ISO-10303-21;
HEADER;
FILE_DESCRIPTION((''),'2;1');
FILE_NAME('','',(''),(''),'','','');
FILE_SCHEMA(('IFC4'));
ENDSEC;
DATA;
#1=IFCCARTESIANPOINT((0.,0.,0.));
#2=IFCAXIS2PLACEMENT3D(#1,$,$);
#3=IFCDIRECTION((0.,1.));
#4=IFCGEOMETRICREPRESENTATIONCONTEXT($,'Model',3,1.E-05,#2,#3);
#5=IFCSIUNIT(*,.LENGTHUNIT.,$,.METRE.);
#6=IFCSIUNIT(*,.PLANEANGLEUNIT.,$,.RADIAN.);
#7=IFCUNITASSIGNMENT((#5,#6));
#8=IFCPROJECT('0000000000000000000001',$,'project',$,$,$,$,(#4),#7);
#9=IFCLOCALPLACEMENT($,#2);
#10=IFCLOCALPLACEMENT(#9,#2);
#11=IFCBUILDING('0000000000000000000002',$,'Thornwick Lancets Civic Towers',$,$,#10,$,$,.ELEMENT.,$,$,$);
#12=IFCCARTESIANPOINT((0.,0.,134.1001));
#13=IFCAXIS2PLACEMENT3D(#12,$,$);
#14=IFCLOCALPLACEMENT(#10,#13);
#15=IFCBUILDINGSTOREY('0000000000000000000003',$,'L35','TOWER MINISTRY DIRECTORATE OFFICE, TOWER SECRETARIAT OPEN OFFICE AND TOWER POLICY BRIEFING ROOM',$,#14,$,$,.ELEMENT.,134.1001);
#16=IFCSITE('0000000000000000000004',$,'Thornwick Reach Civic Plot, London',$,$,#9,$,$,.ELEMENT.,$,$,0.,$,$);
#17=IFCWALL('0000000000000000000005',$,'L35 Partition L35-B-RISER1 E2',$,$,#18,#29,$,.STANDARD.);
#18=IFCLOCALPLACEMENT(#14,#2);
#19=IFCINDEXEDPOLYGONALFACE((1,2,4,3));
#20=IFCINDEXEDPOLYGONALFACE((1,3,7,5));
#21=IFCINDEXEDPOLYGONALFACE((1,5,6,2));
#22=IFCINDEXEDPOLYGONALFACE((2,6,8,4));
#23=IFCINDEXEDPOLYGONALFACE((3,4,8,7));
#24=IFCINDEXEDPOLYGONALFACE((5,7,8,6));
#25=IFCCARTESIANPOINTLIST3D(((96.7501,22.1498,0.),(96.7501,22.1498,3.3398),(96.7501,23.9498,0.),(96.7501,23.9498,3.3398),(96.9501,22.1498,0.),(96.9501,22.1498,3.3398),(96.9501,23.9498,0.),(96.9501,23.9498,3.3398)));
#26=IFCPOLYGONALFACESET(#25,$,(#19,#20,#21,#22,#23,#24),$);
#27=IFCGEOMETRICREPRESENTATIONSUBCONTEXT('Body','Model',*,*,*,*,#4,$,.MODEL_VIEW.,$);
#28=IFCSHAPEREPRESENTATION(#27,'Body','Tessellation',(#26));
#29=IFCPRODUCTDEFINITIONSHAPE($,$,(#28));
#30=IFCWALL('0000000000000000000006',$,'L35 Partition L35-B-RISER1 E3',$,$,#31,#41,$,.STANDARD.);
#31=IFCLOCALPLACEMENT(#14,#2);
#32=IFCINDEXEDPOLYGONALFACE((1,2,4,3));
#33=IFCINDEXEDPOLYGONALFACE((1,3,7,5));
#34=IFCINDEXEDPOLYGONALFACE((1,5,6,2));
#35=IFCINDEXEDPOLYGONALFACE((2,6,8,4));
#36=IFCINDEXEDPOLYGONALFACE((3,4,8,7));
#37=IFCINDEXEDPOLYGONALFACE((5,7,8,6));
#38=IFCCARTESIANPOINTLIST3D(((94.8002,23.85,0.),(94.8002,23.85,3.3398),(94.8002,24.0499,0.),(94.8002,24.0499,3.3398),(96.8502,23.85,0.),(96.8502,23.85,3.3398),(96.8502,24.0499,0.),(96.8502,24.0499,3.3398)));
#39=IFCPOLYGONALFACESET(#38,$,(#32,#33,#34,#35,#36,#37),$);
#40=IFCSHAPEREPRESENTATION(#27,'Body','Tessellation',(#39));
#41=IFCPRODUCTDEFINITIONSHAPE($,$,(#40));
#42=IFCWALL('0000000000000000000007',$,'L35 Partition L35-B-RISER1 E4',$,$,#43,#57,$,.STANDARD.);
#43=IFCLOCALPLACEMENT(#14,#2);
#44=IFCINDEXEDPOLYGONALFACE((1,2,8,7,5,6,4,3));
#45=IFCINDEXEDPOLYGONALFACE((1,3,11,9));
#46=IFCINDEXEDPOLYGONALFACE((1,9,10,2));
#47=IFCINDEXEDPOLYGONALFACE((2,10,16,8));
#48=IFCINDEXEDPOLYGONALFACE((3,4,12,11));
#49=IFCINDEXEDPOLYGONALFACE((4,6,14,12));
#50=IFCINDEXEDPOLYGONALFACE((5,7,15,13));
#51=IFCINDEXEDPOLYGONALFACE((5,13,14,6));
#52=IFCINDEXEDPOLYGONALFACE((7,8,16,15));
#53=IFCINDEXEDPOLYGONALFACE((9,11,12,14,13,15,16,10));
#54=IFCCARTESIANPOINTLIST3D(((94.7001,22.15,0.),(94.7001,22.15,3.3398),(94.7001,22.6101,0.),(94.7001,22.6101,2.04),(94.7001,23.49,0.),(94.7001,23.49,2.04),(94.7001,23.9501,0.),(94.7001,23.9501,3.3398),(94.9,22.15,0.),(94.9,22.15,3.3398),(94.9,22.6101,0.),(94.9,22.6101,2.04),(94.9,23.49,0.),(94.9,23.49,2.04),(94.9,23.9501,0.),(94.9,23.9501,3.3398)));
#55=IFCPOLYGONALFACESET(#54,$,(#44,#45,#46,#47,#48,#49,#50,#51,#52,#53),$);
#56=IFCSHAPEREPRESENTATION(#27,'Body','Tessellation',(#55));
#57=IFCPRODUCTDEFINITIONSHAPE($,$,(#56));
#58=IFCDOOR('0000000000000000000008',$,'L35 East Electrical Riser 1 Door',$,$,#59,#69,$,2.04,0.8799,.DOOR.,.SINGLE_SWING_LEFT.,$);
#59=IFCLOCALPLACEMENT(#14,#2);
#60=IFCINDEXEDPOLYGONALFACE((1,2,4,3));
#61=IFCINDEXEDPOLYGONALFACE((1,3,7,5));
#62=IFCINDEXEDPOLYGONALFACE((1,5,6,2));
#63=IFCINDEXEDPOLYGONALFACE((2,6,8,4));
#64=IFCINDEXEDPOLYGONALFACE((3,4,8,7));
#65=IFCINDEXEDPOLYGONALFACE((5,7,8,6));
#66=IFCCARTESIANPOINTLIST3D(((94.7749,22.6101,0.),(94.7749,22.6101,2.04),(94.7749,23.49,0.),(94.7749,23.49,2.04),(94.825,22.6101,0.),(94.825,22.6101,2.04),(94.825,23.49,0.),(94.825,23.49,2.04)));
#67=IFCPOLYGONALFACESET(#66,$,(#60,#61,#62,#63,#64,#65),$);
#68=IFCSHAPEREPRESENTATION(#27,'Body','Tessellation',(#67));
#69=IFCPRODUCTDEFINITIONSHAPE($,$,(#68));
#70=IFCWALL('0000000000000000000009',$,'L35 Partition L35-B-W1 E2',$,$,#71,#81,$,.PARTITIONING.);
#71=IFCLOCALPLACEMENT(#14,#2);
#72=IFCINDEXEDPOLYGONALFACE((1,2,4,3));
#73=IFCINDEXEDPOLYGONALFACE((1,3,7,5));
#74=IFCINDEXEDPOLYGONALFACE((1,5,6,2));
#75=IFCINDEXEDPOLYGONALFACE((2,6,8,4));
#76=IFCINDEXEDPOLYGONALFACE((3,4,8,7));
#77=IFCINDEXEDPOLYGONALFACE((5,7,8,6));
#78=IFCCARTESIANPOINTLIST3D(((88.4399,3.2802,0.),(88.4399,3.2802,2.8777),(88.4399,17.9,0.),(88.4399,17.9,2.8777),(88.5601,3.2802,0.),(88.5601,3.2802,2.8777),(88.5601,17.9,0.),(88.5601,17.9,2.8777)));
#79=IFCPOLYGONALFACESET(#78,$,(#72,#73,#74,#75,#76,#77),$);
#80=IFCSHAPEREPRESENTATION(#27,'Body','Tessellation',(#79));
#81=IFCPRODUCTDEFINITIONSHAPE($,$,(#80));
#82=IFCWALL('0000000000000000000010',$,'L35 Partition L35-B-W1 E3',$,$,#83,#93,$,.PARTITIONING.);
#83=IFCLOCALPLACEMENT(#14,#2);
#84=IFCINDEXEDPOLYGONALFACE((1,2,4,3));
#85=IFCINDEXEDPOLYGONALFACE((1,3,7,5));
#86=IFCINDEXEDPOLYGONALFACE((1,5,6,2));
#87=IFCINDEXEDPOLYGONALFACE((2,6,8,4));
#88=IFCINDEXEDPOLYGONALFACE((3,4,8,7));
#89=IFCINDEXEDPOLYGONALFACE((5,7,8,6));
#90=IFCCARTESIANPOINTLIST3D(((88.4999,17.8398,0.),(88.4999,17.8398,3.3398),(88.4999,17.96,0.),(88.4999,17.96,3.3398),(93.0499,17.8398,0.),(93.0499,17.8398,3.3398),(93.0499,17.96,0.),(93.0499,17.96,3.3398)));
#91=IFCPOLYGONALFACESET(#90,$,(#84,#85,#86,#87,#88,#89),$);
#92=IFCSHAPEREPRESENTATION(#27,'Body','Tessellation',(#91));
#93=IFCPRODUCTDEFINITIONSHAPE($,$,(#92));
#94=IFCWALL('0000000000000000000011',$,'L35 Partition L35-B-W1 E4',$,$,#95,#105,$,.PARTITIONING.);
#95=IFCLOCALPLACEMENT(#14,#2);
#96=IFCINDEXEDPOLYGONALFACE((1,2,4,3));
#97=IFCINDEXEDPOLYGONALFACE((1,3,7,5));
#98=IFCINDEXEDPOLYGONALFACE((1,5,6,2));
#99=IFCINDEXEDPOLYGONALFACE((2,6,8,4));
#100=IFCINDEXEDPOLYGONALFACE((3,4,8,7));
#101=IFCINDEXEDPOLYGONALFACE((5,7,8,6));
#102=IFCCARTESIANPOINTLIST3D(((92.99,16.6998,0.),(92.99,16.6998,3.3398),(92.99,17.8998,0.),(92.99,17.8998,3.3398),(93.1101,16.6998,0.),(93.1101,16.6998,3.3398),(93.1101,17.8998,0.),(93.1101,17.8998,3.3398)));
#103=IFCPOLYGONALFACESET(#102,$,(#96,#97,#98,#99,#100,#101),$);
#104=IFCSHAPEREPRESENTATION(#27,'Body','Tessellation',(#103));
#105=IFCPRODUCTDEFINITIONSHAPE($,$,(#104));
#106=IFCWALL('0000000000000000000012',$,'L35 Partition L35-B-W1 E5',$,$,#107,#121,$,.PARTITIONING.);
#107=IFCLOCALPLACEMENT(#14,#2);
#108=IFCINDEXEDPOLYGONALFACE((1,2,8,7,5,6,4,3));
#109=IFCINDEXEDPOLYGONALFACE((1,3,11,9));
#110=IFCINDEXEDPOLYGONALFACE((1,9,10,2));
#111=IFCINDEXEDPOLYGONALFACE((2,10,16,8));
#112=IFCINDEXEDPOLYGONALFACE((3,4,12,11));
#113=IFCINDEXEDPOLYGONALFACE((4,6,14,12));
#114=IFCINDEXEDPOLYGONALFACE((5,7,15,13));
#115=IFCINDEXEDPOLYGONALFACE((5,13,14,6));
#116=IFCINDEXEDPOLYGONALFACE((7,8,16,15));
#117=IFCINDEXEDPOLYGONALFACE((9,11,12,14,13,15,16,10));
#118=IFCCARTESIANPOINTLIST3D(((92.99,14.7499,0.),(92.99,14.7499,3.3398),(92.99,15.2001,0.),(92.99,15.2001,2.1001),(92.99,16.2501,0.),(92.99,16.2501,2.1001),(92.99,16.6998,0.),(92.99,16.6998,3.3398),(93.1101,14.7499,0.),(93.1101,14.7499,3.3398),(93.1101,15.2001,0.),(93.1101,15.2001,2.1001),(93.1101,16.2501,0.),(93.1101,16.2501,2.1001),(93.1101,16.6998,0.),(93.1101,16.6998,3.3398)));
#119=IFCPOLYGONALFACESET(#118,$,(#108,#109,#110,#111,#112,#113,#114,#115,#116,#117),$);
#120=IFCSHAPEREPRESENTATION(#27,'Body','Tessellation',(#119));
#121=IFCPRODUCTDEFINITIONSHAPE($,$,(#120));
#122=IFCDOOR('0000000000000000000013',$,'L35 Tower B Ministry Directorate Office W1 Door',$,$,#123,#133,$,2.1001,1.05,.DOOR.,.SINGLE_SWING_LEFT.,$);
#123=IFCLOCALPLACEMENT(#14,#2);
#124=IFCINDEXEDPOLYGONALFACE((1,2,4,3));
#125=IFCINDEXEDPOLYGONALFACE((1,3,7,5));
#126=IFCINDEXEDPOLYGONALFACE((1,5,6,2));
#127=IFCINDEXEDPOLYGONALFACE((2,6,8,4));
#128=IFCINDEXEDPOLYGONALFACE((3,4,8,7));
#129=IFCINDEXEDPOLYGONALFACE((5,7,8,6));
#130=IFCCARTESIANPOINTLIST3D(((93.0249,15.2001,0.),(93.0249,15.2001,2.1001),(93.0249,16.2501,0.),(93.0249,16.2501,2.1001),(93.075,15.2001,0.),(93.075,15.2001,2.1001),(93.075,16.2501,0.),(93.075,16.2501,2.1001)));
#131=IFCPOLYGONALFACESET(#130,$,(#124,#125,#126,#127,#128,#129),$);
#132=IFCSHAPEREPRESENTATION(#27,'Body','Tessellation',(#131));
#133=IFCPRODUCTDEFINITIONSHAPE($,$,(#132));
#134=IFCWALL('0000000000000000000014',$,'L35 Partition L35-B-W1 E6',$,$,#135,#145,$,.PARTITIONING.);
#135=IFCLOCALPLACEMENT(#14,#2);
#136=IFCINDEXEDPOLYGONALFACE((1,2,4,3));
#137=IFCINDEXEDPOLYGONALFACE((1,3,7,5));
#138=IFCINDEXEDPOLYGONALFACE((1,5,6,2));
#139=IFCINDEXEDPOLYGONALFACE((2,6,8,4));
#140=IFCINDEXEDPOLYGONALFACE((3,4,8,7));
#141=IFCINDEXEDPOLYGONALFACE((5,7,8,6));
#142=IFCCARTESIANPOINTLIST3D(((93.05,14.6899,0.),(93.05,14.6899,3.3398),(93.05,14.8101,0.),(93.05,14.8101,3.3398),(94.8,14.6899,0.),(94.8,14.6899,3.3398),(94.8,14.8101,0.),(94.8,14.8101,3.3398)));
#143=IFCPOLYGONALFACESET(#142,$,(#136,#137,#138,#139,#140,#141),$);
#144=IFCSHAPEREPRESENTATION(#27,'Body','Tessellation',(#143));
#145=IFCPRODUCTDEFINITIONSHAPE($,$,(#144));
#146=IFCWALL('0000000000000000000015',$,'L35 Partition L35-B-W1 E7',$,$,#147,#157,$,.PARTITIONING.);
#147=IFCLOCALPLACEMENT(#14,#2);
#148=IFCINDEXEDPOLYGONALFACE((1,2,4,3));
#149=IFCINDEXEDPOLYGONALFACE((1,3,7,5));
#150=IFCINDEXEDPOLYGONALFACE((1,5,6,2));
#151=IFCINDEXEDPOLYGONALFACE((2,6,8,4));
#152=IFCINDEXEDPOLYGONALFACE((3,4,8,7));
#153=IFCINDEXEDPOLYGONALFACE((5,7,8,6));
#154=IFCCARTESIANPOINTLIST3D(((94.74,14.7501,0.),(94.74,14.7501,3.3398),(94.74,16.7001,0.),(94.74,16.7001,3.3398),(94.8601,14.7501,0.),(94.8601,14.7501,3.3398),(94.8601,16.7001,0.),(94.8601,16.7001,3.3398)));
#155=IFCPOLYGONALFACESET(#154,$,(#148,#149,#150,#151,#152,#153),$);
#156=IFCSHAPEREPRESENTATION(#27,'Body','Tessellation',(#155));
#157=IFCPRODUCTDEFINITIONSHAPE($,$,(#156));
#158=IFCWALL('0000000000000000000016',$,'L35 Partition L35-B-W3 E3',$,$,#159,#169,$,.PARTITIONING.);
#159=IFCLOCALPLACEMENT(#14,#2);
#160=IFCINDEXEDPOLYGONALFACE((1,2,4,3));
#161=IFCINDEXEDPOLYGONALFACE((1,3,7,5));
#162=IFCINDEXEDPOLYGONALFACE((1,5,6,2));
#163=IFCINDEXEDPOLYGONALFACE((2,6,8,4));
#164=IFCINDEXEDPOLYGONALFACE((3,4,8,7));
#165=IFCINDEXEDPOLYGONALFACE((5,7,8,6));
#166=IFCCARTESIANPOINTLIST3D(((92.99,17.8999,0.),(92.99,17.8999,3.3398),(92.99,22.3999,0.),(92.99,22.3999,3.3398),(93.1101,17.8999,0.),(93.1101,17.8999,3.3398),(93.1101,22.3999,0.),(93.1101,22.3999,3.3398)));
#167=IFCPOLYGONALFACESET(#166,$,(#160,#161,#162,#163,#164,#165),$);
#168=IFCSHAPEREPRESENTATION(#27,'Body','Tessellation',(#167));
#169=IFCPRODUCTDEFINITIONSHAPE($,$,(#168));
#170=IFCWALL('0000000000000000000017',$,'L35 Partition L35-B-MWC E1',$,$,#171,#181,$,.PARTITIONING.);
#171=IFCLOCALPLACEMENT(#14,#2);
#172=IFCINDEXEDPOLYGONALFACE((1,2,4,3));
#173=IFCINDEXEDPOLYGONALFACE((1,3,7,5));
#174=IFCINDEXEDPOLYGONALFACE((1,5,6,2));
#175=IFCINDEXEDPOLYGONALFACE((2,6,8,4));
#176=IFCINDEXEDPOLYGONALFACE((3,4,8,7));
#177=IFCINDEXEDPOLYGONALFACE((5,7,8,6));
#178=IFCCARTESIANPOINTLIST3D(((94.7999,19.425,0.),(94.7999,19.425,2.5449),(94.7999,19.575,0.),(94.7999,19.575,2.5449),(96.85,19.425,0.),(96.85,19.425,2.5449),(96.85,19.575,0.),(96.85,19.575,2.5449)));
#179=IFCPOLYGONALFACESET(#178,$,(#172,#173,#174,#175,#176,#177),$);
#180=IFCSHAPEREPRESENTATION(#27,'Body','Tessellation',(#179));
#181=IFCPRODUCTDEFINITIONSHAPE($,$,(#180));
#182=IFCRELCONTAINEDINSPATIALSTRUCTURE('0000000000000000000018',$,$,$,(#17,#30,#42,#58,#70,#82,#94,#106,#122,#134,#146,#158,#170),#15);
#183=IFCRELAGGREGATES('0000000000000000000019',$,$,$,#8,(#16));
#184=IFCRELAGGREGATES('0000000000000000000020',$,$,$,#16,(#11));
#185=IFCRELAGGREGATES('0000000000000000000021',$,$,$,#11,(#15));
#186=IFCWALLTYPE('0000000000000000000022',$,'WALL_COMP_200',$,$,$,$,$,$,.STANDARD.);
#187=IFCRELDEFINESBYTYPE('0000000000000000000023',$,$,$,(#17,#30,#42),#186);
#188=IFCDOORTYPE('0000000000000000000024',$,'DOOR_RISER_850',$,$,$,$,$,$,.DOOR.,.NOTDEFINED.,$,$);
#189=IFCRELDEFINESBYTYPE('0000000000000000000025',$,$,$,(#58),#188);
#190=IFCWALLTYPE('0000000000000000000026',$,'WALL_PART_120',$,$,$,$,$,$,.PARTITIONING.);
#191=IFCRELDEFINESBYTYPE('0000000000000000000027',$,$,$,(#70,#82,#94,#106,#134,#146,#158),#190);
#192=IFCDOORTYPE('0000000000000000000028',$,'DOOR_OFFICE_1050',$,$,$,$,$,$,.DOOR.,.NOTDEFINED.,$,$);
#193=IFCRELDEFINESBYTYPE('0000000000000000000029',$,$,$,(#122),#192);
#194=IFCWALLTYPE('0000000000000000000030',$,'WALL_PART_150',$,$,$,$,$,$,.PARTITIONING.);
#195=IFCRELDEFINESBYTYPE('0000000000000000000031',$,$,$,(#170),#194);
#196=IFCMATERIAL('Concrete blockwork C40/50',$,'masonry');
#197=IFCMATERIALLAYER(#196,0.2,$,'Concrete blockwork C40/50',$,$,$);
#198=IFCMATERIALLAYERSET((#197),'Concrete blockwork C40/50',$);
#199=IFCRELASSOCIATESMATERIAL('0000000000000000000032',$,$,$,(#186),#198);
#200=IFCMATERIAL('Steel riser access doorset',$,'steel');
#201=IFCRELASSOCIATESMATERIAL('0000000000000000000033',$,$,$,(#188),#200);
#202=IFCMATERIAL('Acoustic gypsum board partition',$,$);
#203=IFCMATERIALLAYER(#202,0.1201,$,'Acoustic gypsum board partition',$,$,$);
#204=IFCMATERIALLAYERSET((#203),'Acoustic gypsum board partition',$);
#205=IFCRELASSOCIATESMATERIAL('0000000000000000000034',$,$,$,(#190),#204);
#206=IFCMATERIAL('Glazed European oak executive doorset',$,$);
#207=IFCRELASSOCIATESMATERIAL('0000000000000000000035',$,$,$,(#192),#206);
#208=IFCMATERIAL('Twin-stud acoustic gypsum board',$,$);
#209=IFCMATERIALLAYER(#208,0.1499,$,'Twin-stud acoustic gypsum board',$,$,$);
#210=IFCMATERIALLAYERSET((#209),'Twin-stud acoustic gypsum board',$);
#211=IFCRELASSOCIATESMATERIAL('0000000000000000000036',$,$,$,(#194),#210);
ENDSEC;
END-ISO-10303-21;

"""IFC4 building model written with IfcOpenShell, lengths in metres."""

from ifc_helpers import new_model, si_unit, direction, frame, frame_2d, origin, place, context, subcontext, project, spatial, rectangle, extrude, material, layer, layer_set, type_object, element, fill, save


model = new_model("IFC4")

# Units and contexts
model_context = context("Model", 3, precision=1e-05, world=origin(), true_north=direction((0.0, 1.0)))
body_context = subcontext(model_context, "Body", "Model", "MODEL_VIEW")
ifc_project = project(units=[si_unit("LENGTHUNIT", "METRE"), si_unit("PLANEANGLEUNIT", "RADIAN")], contexts=[model_context])

# Site, building, storey
site_placement = place(None, origin())
site = spatial("IfcSite", under=ifc_project, at=site_placement, Name="Thornwick Reach Civic Plot, London", CompositionType="ELEMENT", RefElevation=0.0)
building_placement = place(site_placement, origin())
building = spatial("IfcBuilding", under=site, at=building_placement, Name="Thornwick Lancets Civic Towers", CompositionType="ELEMENT")
storey_placement = place(building_placement, frame((0.0, 0.0, 134.1001)))
storey = spatial("IfcBuildingStorey", under=building, at=storey_placement, Name="L35", Description="TOWER MINISTRY DIRECTORATE OFFICE, TOWER SECRETARIAT OPEN OFFICE AND TOWER POLICY BRIEFING ROOM", CompositionType="ELEMENT", Elevation=134.1001)

# Shared definitions
ifc_material_1 = material(Name="Concrete blockwork C40/50", Category="masonry")
ifc_layer_1 = layer(ifc_material_1, 0.2, Name="Concrete blockwork C40/50")
ifc_layer_set_1 = layer_set([ifc_layer_1], Name="Concrete blockwork C40/50")
wall_type_1 = type_object("IfcWallType", Name="WALL_COMP_200", PredefinedType="STANDARD", material=ifc_layer_set_1)

# Walls
wall_1_placement = place(storey_placement, frame((96.8501, 22.1499, 0.0), z_axis=(0.0, 0.0, 1.0), x_axis=(0.0, 1.0, 0.0)))
element("IfcWall", 1, at=wall_1_placement, inside=storey, type_object=wall_type_1, Name="L35 Partition L35-B-RISER1 E2", PredefinedType="STANDARD", context=body_context, shape_type="SweptSolid", body=[
    extrude(rectangle(XDim=1.8, YDim=0.2, at=frame_2d((0.8999, 0.0))), origin(), (0.0, 0.0, 1.0), 3.3398),
])
wall_2_placement = place(storey_placement, frame((96.8501, 23.95, 0.0), z_axis=(0.0, 0.0, 1.0), x_axis=(-1.0, 0.0, 0.0)))
element("IfcWall", 2, at=wall_2_placement, inside=storey, type_object=wall_type_1, Name="L35 Partition L35-B-RISER1 E3", PredefinedType="STANDARD", context=body_context, shape_type="SweptSolid", body=[
    extrude(rectangle(XDim=2.05, YDim=0.2, at=frame_2d((1.0249, 0.0))), origin(), (0.0, 0.0, 1.0), 3.3398),
])

# Wall, opening, door
wall_3_placement = place(storey_placement, frame((94.8, 23.95, 0.0), z_axis=(0.0, 0.0, 1.0), x_axis=(0.0, -1.0, 0.0)))
wall_3 = element("IfcWall", 3, at=wall_3_placement, inside=storey, type_object=wall_type_1, Name="L35 Partition L35-B-RISER1 E4", PredefinedType="STANDARD", context=body_context, shape_type="SweptSolid", body=[
    extrude(rectangle(XDim=1.8, YDim=0.2, at=frame_2d((0.8999, 0.0))), origin(), (0.0, 0.0, 1.0), 3.3398),
])
opening_1_placement = place(wall_3_placement, frame((0.46, 0.0, 0.0)))
opening_1 = element("IfcOpeningElement", 4, at=opening_1_placement, cuts=wall_3, PredefinedType="OPENING", context=body_context, shape_type="SweptSolid", body=[
    extrude(rectangle(XDim=0.8799, YDim=2.04, at=frame_2d((0.4399, 1.02))), frame((0.0, 0.1099, 0.0), z_axis=(0.0, -1.0, 0.0), x_axis=(1.0, 0.0, 0.0)), (0.0, 0.0, 1.0), 0.22),
])
ifc_material_2 = material(Name="Steel riser access doorset", Category="steel")
door_type_1 = type_object("IfcDoorType", Name="DOOR_RISER_850", OperationType="NOTDEFINED", PredefinedType="DOOR", material=ifc_material_2)
door_1_placement = place(opening_1_placement, origin())
door_1 = element("IfcDoor", 5, at=door_1_placement, inside=storey, type_object=door_type_1, Name="L35 East Electrical Riser 1 Door", OperationType="SINGLE_SWING_LEFT", OverallHeight=2.04, OverallWidth=0.8799, PredefinedType="DOOR", context=body_context, shape_type="SweptSolid", body=[
    extrude(rectangle(XDim=0.8799, YDim=2.04, at=frame_2d((0.4399, 1.02))), frame((0.0, 0.0249, 0.0), z_axis=(0.0, -1.0, 0.0), x_axis=(1.0, 0.0, 0.0)), (0.0, 0.0, 1.0), 0.05),
])
fill(opening_1, door_1)

# Walls
ifc_material_3 = material(Name="Acoustic gypsum board partition")
ifc_layer_2 = layer(ifc_material_3, 0.1201, Name="Acoustic gypsum board partition")
ifc_layer_set_2 = layer_set([ifc_layer_2], Name="Acoustic gypsum board partition")
wall_type_2 = type_object("IfcWallType", Name="WALL_PART_120", PredefinedType="PARTITIONING", material=ifc_layer_set_2)
wall_4_placement = place(storey_placement, frame((88.5, 3.28, 0.0), z_axis=(0.0, 0.0, 1.0), x_axis=(0.0, 1.0, 0.0)))
element("IfcWall", 6, at=wall_4_placement, inside=storey, type_object=wall_type_2, Name="L35 Partition L35-B-W1 E2", PredefinedType="PARTITIONING", context=body_context, shape_type="SweptSolid", body=[
    extrude(rectangle(XDim=14.6199, YDim=0.1201, at=frame_2d((7.3101, 0.0))), origin(), (0.0, 0.0, 1.0), 2.8777),
])
wall_5_placement = place(storey_placement, frame((88.5, 17.8999, 0.0), z_axis=(0.0, 0.0, 1.0), x_axis=(1.0, 0.0, 0.0)))
element("IfcWall", 7, at=wall_5_placement, inside=storey, type_object=wall_type_2, Name="L35 Partition L35-B-W1 E3", PredefinedType="PARTITIONING", context=body_context, shape_type="SweptSolid", body=[
    extrude(rectangle(XDim=4.55, YDim=0.1201, at=frame_2d((2.2749, 0.0))), origin(), (0.0, 0.0, 1.0), 3.3398),
])
wall_6_placement = place(storey_placement, frame((93.05, 17.8999, 0.0), z_axis=(0.0, 0.0, 1.0), x_axis=(0.0, -1.0, 0.0)))
element("IfcWall", 8, at=wall_6_placement, inside=storey, type_object=wall_type_2, Name="L35 Partition L35-B-W1 E4", PredefinedType="PARTITIONING", context=body_context, shape_type="SweptSolid", body=[
    extrude(rectangle(XDim=1.2, YDim=0.1201, at=frame_2d((0.6001, 0.0))), origin(), (0.0, 0.0, 1.0), 3.3398),
])

# Wall, opening, door
wall_7_placement = place(storey_placement, frame((93.05, 16.7, 0.0), z_axis=(0.0, 0.0, 1.0), x_axis=(0.0, -1.0, 0.0)))
wall_7 = element("IfcWall", 9, at=wall_7_placement, inside=storey, type_object=wall_type_2, Name="L35 Partition L35-B-W1 E5", PredefinedType="PARTITIONING", context=body_context, shape_type="SweptSolid", body=[
    extrude(rectangle(XDim=1.95, YDim=0.1201, at=frame_2d((0.9751, 0.0))), origin(), (0.0, 0.0, 1.0), 3.3398),
])
opening_2_placement = place(wall_7_placement, frame((0.45, 0.0, 0.0)))
opening_2 = element("IfcOpeningElement", 10, at=opening_2_placement, cuts=wall_7, PredefinedType="OPENING", context=body_context, shape_type="SweptSolid", body=[
    extrude(rectangle(XDim=1.05, YDim=2.1001, at=frame_2d((0.5249, 1.05))), frame((0.0, 0.0701, 0.0), z_axis=(0.0, -1.0, 0.0), x_axis=(1.0, 0.0, 0.0)), (0.0, 0.0, 1.0), 0.1401),
])
ifc_material_4 = material(Name="Glazed European oak executive doorset")
door_type_2 = type_object("IfcDoorType", Name="DOOR_OFFICE_1050", OperationType="NOTDEFINED", PredefinedType="DOOR", material=ifc_material_4)
door_2_placement = place(opening_2_placement, origin())
door_2 = element("IfcDoor", 11, at=door_2_placement, inside=storey, type_object=door_type_2, Name="L35 Tower B Ministry Directorate Office W1 Door", OperationType="SINGLE_SWING_LEFT", OverallHeight=2.1001, OverallWidth=1.05, PredefinedType="DOOR", context=body_context, shape_type="SweptSolid", body=[
    extrude(rectangle(XDim=1.05, YDim=2.1001, at=frame_2d((0.5249, 1.05))), frame((0.0, 0.0249, 0.0), z_axis=(0.0, -1.0, 0.0), x_axis=(1.0, 0.0, 0.0)), (0.0, 0.0, 1.0), 0.05),
])
fill(opening_2, door_2)

# Walls
wall_8_placement = place(storey_placement, frame((93.05, 14.75, 0.0), z_axis=(0.0, 0.0, 1.0), x_axis=(1.0, 0.0, 0.0)))
element("IfcWall", 12, at=wall_8_placement, inside=storey, type_object=wall_type_2, Name="L35 Partition L35-B-W1 E6", PredefinedType="PARTITIONING", context=body_context, shape_type="SweptSolid", body=[
    extrude(rectangle(XDim=1.75, YDim=0.1201, at=frame_2d((0.875, 0.0))), origin(), (0.0, 0.0, 1.0), 3.3398),
])
wall_9_placement = place(storey_placement, frame((94.8, 14.75, 0.0), z_axis=(0.0, 0.0, 1.0), x_axis=(0.0, 1.0, 0.0)))
element("IfcWall", 13, at=wall_9_placement, inside=storey, type_object=wall_type_2, Name="L35 Partition L35-B-W1 E7", PredefinedType="PARTITIONING", context=body_context, shape_type="SweptSolid", body=[
    extrude(rectangle(XDim=1.95, YDim=0.1201, at=frame_2d((0.9751, 0.0))), origin(), (0.0, 0.0, 1.0), 3.3398),
])
wall_10_placement = place(storey_placement, frame((93.05, 22.3999, 0.0), z_axis=(0.0, 0.0, 1.0), x_axis=(0.0, -1.0, 0.0)))
element("IfcWall", 14, at=wall_10_placement, inside=storey, type_object=wall_type_2, Name="L35 Partition L35-B-W3 E3", PredefinedType="PARTITIONING", context=body_context, shape_type="SweptSolid", body=[
    extrude(rectangle(XDim=4.5, YDim=0.1201, at=frame_2d((2.25, 0.0))), origin(), (0.0, 0.0, 1.0), 3.3398),
])
ifc_material_5 = material(Name="Twin-stud acoustic gypsum board")
ifc_layer_3 = layer(ifc_material_5, 0.1499, Name="Twin-stud acoustic gypsum board")
ifc_layer_set_3 = layer_set([ifc_layer_3], Name="Twin-stud acoustic gypsum board")
wall_type_3 = type_object("IfcWallType", Name="WALL_PART_150", PredefinedType="PARTITIONING", material=ifc_layer_set_3)
wall_11_placement = place(storey_placement, frame((94.8, 19.5, 0.0), z_axis=(0.0, 0.0, 1.0), x_axis=(1.0, 0.0, 0.0)))
element("IfcWall", 15, at=wall_11_placement, inside=storey, type_object=wall_type_3, Name="L35 Partition L35-B-MWC E1", PredefinedType="PARTITIONING", context=body_context, shape_type="SweptSolid", body=[
    extrude(rectangle(XDim=2.05, YDim=0.1499, at=frame_2d((1.0249, 0.0))), origin(), (0.0, 0.0, 1.0), 2.5449),
])

save(model, "model.ifc")
